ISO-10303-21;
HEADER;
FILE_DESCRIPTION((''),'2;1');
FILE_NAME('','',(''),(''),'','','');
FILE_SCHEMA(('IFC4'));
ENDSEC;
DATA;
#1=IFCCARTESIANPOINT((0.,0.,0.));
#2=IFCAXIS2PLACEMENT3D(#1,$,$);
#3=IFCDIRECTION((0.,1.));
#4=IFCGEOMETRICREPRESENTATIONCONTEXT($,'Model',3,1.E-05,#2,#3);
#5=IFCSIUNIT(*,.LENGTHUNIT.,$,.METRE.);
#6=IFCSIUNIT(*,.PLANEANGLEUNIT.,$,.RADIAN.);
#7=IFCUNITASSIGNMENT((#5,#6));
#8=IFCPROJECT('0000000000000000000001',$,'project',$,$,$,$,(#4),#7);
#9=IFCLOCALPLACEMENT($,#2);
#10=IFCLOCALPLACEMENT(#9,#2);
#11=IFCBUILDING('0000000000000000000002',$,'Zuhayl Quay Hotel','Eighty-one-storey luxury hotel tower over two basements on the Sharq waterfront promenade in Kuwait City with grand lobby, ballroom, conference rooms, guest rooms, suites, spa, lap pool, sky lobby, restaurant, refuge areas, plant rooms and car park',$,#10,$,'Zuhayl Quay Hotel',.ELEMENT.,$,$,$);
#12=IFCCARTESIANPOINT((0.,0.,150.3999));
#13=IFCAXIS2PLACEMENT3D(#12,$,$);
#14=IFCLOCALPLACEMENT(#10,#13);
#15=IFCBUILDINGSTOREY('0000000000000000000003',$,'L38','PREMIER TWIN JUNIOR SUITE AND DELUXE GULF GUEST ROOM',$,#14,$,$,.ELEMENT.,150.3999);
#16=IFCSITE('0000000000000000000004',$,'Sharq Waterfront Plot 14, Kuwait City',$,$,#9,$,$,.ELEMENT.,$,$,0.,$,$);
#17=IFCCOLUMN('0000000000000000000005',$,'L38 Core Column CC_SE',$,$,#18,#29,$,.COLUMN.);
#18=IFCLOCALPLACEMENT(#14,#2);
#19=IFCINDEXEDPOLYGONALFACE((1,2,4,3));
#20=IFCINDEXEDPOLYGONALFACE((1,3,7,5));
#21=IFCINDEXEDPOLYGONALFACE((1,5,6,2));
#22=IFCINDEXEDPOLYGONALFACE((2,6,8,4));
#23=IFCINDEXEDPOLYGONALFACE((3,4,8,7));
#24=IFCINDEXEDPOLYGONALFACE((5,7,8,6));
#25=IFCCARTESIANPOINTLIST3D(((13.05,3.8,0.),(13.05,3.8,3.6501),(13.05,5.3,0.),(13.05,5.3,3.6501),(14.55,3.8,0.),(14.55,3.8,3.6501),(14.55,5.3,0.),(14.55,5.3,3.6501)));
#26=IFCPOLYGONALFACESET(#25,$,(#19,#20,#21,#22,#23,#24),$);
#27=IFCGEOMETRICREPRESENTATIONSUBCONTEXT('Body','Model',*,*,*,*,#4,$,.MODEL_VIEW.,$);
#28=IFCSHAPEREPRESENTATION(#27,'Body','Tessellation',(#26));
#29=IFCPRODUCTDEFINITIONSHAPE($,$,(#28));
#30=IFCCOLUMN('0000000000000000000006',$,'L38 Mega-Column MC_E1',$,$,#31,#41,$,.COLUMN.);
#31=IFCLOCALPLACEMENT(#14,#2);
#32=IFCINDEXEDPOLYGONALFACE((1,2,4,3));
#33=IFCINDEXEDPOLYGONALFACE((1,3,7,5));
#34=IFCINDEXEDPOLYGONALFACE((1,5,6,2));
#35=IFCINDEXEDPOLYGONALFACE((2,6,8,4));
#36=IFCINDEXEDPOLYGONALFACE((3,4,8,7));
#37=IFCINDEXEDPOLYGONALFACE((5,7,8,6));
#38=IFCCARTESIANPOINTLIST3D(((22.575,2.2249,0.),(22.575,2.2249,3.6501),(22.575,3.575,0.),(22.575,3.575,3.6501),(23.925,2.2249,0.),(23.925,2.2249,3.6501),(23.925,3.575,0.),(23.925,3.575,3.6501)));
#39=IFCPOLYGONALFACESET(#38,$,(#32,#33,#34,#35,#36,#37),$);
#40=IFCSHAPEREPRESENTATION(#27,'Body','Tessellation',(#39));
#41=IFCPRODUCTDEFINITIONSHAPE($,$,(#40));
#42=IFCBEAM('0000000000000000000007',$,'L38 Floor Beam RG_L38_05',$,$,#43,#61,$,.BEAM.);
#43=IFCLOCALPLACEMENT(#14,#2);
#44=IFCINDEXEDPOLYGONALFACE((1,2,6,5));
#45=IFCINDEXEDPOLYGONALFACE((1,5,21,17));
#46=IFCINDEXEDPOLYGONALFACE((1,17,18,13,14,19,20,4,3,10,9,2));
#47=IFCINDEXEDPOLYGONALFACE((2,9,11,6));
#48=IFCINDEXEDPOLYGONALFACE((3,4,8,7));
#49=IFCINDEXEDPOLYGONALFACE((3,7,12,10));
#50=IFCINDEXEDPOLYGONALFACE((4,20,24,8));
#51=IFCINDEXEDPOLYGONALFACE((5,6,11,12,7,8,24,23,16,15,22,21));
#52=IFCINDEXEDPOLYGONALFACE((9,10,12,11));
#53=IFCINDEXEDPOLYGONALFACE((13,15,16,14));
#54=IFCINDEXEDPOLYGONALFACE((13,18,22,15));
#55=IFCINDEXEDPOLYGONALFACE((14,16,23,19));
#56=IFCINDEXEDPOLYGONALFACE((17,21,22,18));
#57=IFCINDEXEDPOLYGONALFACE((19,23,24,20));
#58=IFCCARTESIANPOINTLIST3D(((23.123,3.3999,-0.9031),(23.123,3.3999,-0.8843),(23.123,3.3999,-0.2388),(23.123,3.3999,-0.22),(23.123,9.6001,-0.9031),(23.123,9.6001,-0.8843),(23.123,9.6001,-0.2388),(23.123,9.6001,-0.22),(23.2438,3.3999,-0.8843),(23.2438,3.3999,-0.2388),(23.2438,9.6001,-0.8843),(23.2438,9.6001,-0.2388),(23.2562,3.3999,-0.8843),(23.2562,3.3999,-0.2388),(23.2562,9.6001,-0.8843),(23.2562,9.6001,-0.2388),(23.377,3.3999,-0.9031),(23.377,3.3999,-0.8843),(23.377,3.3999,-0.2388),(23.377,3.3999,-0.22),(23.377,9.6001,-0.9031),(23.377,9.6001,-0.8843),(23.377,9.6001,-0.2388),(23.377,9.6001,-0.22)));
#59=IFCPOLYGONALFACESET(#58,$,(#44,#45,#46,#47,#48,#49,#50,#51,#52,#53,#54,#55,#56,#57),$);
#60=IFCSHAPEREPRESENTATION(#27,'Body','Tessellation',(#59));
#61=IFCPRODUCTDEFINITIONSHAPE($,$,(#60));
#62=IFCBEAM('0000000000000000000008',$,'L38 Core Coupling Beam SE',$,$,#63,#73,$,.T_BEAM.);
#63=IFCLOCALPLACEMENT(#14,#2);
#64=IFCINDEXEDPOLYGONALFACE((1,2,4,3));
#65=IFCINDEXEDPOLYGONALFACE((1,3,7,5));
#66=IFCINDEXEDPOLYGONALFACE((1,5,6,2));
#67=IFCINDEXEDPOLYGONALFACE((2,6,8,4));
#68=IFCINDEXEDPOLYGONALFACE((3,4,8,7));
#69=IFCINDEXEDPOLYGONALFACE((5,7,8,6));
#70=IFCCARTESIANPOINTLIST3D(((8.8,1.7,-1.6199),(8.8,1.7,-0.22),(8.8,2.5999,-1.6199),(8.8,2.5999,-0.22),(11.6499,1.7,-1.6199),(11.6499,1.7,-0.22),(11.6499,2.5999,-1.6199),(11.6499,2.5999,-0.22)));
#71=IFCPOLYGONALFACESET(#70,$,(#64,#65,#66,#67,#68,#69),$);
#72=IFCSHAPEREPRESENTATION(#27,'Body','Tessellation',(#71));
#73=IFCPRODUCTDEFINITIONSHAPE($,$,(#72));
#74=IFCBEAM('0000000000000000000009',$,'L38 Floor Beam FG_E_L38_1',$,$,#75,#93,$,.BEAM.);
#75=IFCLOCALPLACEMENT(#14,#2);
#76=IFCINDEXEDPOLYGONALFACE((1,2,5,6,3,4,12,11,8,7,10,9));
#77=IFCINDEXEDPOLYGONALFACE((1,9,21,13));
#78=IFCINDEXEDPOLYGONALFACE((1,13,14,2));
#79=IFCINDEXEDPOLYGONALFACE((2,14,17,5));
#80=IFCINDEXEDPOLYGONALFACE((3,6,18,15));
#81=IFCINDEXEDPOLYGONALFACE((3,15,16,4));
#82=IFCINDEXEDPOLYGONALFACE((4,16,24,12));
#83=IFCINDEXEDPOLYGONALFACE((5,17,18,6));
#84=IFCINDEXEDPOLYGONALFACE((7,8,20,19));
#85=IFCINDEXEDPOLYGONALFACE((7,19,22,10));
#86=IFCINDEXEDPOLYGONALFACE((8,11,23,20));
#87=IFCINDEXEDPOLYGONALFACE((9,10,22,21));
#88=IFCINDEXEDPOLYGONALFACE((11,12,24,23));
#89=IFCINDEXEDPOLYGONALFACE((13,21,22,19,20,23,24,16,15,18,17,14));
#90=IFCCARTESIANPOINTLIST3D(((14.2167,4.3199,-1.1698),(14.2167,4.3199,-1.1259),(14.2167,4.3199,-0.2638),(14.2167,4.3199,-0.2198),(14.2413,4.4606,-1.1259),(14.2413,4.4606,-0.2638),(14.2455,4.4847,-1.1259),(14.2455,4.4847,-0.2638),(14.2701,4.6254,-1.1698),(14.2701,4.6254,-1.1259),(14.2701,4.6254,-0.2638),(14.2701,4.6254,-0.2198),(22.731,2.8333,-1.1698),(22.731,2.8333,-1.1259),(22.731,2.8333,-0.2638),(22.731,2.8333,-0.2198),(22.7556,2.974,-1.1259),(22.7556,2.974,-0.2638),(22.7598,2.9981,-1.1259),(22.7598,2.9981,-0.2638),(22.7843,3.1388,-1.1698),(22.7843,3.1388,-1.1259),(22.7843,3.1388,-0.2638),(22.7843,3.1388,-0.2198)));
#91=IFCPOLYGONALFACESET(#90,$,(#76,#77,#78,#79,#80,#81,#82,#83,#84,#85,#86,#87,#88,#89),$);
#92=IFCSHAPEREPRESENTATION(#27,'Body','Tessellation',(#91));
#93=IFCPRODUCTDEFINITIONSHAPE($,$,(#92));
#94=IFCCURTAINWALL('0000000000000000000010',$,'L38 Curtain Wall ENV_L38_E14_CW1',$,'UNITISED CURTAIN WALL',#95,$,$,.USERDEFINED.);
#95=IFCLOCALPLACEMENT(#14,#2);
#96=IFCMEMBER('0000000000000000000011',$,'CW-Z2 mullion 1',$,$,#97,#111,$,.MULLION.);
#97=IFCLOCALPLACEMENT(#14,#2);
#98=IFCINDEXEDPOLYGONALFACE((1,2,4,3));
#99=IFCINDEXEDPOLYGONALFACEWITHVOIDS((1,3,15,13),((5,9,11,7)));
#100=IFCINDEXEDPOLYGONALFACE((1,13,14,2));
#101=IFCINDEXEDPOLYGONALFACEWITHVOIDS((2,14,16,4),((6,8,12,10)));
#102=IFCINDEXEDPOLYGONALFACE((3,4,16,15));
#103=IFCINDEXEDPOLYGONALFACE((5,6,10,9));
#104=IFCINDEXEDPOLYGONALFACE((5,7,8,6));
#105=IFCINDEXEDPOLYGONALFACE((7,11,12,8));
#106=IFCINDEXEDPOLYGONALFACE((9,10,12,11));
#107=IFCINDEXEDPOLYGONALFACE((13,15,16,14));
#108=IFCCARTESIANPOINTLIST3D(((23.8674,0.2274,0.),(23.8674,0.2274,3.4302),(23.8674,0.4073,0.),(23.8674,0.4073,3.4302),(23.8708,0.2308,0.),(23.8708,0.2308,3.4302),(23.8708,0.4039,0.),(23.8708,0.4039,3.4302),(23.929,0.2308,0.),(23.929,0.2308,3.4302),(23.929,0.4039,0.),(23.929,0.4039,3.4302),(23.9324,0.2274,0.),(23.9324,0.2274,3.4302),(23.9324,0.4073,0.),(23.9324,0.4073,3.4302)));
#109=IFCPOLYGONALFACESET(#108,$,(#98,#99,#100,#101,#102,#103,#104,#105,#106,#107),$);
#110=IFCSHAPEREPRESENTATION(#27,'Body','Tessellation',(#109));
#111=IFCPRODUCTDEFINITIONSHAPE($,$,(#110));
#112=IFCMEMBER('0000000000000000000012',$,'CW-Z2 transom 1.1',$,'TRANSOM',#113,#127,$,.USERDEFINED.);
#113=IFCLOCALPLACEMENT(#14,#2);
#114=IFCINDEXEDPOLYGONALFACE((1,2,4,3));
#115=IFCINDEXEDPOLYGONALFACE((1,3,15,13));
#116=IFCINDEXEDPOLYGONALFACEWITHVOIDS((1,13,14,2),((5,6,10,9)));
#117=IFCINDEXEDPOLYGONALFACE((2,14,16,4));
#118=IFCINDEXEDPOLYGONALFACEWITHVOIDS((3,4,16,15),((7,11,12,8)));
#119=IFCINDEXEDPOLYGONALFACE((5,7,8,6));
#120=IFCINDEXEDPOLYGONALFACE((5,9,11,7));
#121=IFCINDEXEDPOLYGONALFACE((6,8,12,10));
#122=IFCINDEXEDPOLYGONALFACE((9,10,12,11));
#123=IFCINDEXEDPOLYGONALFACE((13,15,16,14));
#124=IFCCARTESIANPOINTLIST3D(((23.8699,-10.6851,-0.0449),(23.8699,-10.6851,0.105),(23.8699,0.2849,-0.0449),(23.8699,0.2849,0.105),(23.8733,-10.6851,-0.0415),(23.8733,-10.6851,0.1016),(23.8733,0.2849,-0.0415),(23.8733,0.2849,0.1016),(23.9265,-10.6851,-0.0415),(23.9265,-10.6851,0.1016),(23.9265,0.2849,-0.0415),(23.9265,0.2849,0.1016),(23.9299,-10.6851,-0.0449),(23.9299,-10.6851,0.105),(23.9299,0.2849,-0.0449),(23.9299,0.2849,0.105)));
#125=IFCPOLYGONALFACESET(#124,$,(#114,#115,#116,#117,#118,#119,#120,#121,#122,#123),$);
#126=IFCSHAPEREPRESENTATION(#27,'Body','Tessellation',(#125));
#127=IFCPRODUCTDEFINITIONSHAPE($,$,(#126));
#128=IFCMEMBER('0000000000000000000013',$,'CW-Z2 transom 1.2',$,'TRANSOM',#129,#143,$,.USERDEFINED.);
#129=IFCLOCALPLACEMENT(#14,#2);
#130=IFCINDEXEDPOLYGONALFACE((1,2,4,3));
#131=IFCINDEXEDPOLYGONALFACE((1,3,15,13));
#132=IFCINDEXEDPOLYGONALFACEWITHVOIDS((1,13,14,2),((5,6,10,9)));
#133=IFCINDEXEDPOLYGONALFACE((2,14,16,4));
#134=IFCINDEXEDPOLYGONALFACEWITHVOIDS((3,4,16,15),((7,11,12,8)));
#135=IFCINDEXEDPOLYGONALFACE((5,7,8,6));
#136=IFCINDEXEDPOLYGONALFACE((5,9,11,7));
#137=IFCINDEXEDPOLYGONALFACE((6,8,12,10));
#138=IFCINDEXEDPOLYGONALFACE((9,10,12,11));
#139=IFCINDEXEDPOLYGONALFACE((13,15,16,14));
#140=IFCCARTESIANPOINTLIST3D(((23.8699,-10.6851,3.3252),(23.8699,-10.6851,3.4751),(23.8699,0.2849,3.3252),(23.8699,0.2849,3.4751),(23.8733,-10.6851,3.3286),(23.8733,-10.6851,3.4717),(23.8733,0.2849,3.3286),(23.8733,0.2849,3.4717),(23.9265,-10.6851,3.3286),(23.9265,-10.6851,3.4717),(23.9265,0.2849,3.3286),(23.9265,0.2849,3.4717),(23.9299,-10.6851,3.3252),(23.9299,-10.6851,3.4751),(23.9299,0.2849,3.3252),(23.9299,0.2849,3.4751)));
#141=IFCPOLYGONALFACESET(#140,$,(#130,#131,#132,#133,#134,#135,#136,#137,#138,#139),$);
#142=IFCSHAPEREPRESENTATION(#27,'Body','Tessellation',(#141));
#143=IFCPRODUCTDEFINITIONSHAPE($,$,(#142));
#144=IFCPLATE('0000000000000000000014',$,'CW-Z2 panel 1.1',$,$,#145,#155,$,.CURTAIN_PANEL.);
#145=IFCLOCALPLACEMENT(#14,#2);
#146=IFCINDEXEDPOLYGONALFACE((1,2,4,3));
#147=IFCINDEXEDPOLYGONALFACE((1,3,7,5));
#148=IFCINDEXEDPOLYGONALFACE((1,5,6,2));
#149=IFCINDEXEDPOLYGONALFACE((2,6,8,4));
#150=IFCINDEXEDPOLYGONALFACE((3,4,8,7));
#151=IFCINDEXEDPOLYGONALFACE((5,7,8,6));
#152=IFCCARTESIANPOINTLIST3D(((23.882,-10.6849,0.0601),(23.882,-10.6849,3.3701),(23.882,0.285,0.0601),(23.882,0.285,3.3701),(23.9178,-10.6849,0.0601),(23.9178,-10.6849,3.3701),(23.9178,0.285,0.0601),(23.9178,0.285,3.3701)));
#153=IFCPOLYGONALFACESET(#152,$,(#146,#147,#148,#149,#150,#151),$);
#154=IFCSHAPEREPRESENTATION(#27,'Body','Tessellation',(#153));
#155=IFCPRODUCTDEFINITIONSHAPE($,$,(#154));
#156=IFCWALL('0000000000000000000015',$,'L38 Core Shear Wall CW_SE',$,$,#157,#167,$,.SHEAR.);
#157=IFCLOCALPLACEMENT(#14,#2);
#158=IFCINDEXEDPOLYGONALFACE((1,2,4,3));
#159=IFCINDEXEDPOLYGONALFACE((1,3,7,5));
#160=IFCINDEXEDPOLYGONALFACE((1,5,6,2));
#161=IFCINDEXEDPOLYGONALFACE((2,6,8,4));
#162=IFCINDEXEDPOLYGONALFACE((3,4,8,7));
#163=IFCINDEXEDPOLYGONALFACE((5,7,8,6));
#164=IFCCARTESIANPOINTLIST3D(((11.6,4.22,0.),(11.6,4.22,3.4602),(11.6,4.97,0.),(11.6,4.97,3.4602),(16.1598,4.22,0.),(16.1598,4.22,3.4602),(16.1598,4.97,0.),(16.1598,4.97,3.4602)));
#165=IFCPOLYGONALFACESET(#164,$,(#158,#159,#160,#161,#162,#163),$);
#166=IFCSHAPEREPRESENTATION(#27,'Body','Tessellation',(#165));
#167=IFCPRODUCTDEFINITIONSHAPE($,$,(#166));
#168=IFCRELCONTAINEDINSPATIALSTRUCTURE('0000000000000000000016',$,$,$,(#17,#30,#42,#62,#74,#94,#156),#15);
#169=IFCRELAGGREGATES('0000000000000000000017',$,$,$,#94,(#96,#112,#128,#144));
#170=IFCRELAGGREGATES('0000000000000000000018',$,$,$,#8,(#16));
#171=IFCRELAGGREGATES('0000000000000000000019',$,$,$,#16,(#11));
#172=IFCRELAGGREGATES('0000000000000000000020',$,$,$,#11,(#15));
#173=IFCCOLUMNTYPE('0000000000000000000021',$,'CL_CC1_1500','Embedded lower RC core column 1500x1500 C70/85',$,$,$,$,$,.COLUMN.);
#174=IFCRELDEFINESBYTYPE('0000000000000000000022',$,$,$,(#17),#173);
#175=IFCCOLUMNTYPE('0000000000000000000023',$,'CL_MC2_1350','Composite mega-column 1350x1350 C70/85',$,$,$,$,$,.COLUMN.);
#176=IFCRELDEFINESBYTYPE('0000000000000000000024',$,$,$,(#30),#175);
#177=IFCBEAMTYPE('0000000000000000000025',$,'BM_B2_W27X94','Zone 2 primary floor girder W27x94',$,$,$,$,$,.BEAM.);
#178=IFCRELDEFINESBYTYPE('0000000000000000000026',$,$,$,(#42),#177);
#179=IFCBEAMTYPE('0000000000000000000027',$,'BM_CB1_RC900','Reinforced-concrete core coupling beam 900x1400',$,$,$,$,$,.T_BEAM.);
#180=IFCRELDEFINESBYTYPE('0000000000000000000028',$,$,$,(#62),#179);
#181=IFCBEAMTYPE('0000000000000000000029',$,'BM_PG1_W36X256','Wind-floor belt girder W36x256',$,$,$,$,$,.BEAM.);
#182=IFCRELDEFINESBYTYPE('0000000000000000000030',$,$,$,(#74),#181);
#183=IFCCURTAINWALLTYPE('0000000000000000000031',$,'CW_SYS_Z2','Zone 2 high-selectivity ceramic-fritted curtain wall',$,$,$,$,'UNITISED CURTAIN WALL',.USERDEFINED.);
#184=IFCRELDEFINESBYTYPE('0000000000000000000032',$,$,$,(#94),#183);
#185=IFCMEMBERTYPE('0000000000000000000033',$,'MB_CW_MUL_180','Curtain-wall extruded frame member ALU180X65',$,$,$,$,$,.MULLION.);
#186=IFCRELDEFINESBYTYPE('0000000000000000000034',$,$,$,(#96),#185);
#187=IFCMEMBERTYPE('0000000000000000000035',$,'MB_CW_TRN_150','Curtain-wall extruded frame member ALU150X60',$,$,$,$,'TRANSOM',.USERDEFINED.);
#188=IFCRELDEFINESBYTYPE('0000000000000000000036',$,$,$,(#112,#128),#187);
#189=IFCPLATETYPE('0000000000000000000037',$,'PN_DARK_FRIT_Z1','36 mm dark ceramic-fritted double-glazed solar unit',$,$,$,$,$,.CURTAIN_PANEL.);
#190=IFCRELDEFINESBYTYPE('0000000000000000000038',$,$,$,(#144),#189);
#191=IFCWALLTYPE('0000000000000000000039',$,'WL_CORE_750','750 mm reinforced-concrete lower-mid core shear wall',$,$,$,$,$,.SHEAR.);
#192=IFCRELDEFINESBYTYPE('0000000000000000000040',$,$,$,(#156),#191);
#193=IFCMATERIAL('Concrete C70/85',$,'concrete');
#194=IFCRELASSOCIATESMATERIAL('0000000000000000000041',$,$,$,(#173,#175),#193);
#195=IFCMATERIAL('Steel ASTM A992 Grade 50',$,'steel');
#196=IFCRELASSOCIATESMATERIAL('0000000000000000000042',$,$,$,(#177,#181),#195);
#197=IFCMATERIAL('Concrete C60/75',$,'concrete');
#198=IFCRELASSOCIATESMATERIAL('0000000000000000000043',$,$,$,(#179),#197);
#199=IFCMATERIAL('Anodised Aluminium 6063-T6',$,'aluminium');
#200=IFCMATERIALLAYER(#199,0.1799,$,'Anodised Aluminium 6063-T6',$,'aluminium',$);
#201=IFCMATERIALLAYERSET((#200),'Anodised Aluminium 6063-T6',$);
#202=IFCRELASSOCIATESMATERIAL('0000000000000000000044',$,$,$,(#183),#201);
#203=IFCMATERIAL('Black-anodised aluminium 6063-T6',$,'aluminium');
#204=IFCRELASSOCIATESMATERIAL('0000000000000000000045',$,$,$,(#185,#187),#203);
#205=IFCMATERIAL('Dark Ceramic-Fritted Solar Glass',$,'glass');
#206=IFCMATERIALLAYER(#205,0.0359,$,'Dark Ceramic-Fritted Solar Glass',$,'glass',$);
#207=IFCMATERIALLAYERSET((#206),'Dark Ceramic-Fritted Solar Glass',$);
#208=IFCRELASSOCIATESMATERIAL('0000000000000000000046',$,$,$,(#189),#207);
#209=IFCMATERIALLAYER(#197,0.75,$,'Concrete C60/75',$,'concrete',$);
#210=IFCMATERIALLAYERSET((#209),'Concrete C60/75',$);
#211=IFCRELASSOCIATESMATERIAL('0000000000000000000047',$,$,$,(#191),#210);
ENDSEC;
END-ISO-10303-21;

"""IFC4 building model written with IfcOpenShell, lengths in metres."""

from ifc_helpers import new_model, si_unit, direction, frame, frame_2d, origin, origin_2d, place, context, subcontext, project, spatial, rectangle, hollow_rectangle, i_section, extrude, material, layer, layer_set, material_profile, profile_set, type_object, element, aggregate, save


model = new_model("IFC4")

# Units and contexts
model_context = context("Model", 3, precision=1e-05, world=origin(), true_north=direction((0.0, 1.0)))
body_context = subcontext(model_context, "Body", "Model", "MODEL_VIEW")
ifc_project = project(units=[si_unit("LENGTHUNIT", "METRE"), si_unit("PLANEANGLEUNIT", "RADIAN")], contexts=[model_context])

# Site, building, storey
site_placement = place(None, origin())
site = spatial("IfcSite", under=ifc_project, at=site_placement, Name="Sharq Waterfront Plot 14, Kuwait City", CompositionType="ELEMENT", RefElevation=0.0)
building_placement = place(site_placement, origin())
building = spatial("IfcBuilding", under=site, at=building_placement, Name="Zuhayl Quay Hotel", Description="Eighty-one-storey luxury hotel tower over two basements on the Sharq waterfront promenade in Kuwait City with grand lobby, ballroom, conference rooms, guest rooms, suites, spa, lap pool, sky lobby, restaurant, refuge areas, plant rooms and car park", LongName="Zuhayl Quay Hotel", CompositionType="ELEMENT")
storey_placement = place(building_placement, frame((0.0, 0.0, 150.3999)))
storey = spatial("IfcBuildingStorey", under=building, at=storey_placement, Name="L38", Description="PREMIER TWIN JUNIOR SUITE AND DELUXE GULF GUEST ROOM", CompositionType="ELEMENT", Elevation=150.3999)

# Columns
ifc_material_1 = material(Name="Concrete C70/85", Category="concrete")
ifc_material_profile_1 = material_profile(ifc_material_1, rectangle(XDim=1.5, YDim=1.5, at=origin_2d()), Name="RC1500X1500")
ifc_profile_set_1 = profile_set([ifc_material_profile_1], Name="Concrete C70/85")
column_type_1 = type_object("IfcColumnType", Name="CL_CC1_1500", Description="Embedded lower RC core column 1500x1500 C70/85", PredefinedType="COLUMN", material=ifc_profile_set_1)
column_1_placement = place(storey_placement, frame((13.8, 4.55, 0.0), z_axis=(0.0, 0.0, 1.0), x_axis=(1.0, 0.0, 0.0)))
element("IfcColumn", 1, at=column_1_placement, inside=storey, type_object=column_type_1, Name="L38 Core Column CC_SE", PredefinedType="COLUMN", context=body_context, shape_type="SweptSolid", body=[
    extrude(rectangle(XDim=1.5, YDim=1.5, at=origin_2d()), origin(), (0.0, 0.0, 1.0), 3.6501),
])
ifc_material_profile_2 = material_profile(ifc_material_1, rectangle(XDim=1.3501, YDim=1.3501, at=origin_2d()), Name="RC1350X1350")
ifc_profile_set_2 = profile_set([ifc_material_profile_2], Name="Concrete C70/85")
column_type_2 = type_object("IfcColumnType", Name="CL_MC2_1350", Description="Composite mega-column 1350x1350 C70/85", PredefinedType="COLUMN", material=ifc_profile_set_2)
column_2_placement = place(storey_placement, frame((23.25, 2.8999, 0.0), z_axis=(0.0, 0.0, 1.0), x_axis=(1.0, 0.0, 0.0)))
element("IfcColumn", 2, at=column_2_placement, inside=storey, type_object=column_type_2, Name="L38 Mega-Column MC_E1", PredefinedType="COLUMN", context=body_context, shape_type="SweptSolid", body=[
    extrude(rectangle(XDim=1.3501, YDim=1.3501, at=origin_2d()), origin(), (0.0, 0.0, 1.0), 3.6501),
])

# Beams
ifc_material_2 = material(Name="Steel ASTM A992 Grade 50", Category="steel")
ifc_material_profile_3 = material_profile(ifc_material_2, i_section(OverallWidth=0.2539, OverallDepth=0.6831, WebThickness=0.0125, FlangeThickness=0.0188, at=origin_2d()), Name="W27X94")
ifc_profile_set_3 = profile_set([ifc_material_profile_3], Name="Steel ASTM A992 Grade 50")
beam_type_1 = type_object("IfcBeamType", Name="BM_B2_W27X94", Description="Zone 2 primary floor girder W27x94", PredefinedType="BEAM", material=ifc_profile_set_3)
beam_1_placement = place(storey_placement, frame((23.25, 3.3999, -0.5615), z_axis=(0.0, 1.0, 0.0), x_axis=(-1.0, 0.0, 0.0)))
element("IfcBeam", 3, at=beam_1_placement, inside=storey, type_object=beam_type_1, Name="L38 Floor Beam RG_L38_05", PredefinedType="BEAM", context=body_context, shape_type="SweptSolid", body=[
    extrude(i_section(OverallWidth=0.2539, OverallDepth=0.6831, WebThickness=0.0125, FlangeThickness=0.0188, at=origin_2d()), origin(), (0.0, 0.0, 1.0), 6.2002),
])
ifc_material_3 = material(Name="Concrete C60/75", Category="concrete")
ifc_material_profile_4 = material_profile(ifc_material_3, rectangle(XDim=0.8999, YDim=1.3999, at=origin_2d()), Name="RC900X1400")
ifc_profile_set_4 = profile_set([ifc_material_profile_4], Name="Concrete C60/75")
beam_type_2 = type_object("IfcBeamType", Name="BM_CB1_RC900", Description="Reinforced-concrete core coupling beam 900x1400", PredefinedType="T_BEAM", material=ifc_profile_set_4)
beam_2_placement = place(storey_placement, frame((8.8, 2.1499, -0.9199), z_axis=(1.0, 0.0, 0.0), x_axis=(0.0, 1.0, 0.0)))
element("IfcBeam", 4, at=beam_2_placement, inside=storey, type_object=beam_type_2, Name="L38 Core Coupling Beam SE", PredefinedType="T_BEAM", context=body_context, shape_type="SweptSolid", body=[
    extrude(rectangle(XDim=0.8999, YDim=1.3999, at=origin_2d()), origin(), (0.0, 0.0, 1.0), 2.8499),
])
ifc_material_profile_5 = material_profile(ifc_material_2, i_section(OverallWidth=0.3101, OverallDepth=0.95, WebThickness=0.0244, FlangeThickness=0.0439, at=origin_2d()), Name="W36X256")
ifc_profile_set_5 = profile_set([ifc_material_profile_5], Name="Steel ASTM A992 Grade 50")
beam_type_3 = type_object("IfcBeamType", Name="BM_PG1_W36X256", Description="Wind-floor belt girder W36x256", PredefinedType="BEAM", material=ifc_profile_set_5)
beam_3_placement = place(storey_placement, frame((14.2434, 4.4727, -0.6948), z_axis=(0.985097, -0.171998, 0.0), x_axis=(0.171998, 0.985097, 0.0)))
element("IfcBeam", 5, at=beam_3_placement, inside=storey, type_object=beam_type_3, Name="L38 Floor Beam FG_E_L38_1", PredefinedType="BEAM", context=body_context, shape_type="SweptSolid", body=[
    extrude(i_section(OverallWidth=0.3101, OverallDepth=0.95, WebThickness=0.0244, FlangeThickness=0.0439, at=origin_2d()), origin(), (0.0, 0.0, 1.0), 8.6431),
])

# Curtain wall, members, plate
ifc_material_4 = material(Name="Anodised Aluminium 6063-T6", Category="aluminium")
ifc_layer_1 = layer(ifc_material_4, 0.1799, Name="Anodised Aluminium 6063-T6", Category="aluminium")
ifc_layer_set_1 = layer_set([ifc_layer_1], Name="Anodised Aluminium 6063-T6")
curtain_wall_type = type_object("IfcCurtainWallType", Name="CW_SYS_Z2", Description="Zone 2 high-selectivity ceramic-fritted curtain wall", ElementType="UNITISED CURTAIN WALL", PredefinedType="USERDEFINED", material=ifc_layer_set_1)
curtain_wall_placement = place(storey_placement, origin())
curtain_wall = element("IfcCurtainWall", 6, at=curtain_wall_placement, inside=storey, type_object=curtain_wall_type, Name="L38 Curtain Wall ENV_L38_E14_CW1", ObjectType="UNITISED CURTAIN WALL", PredefinedType="USERDEFINED")
ifc_material_5 = material(Name="Black-anodised aluminium 6063-T6", Category="aluminium")
ifc_material_profile_6 = material_profile(ifc_material_5, hollow_rectangle(XDim=0.0649, YDim=0.1799, WallThickness=0.0034, at=origin_2d()), Name="ALU180X65")
ifc_profile_set_6 = profile_set([ifc_material_profile_6], Name="Black-anodised aluminium 6063-T6")
member_type_1 = type_object("IfcMemberType", Name="MB_CW_MUL_180", Description="Curtain-wall extruded frame member ALU180X65", PredefinedType="MULLION", material=ifc_profile_set_6)
member_1_placement = place(storey_placement, frame((23.8999, 0.3174, 0.0), z_axis=(0.0, 0.0, 1.0), x_axis=(1.0, 0.0, 0.0)))
member_1 = element("IfcMember", 7, at=member_1_placement, type_object=member_type_1, Name="CW-Z2 mullion 1", PredefinedType="MULLION", context=body_context, shape_type="SweptSolid", body=[
    extrude(hollow_rectangle(XDim=0.0649, YDim=0.1799, WallThickness=0.0034, at=origin_2d()), origin(), (0.0, 0.0, 1.0), 3.4302),
])
ifc_material_profile_7 = material_profile(ifc_material_5, hollow_rectangle(XDim=0.0601, YDim=0.1499, WallThickness=0.0034, at=origin_2d()), Name="ALU150X60")
ifc_profile_set_7 = profile_set([ifc_material_profile_7], Name="Black-anodised aluminium 6063-T6")
member_type_2 = type_object("IfcMemberType", Name="MB_CW_TRN_150", Description="Curtain-wall extruded frame member ALU150X60", ElementType="TRANSOM", PredefinedType="USERDEFINED", material=ifc_profile_set_7)
member_2_placement = place(storey_placement, frame((23.8999, 0.2849, 0.03), z_axis=(0.0, -1.0, 0.0), x_axis=(1.0, 0.0, 0.0)))
member_2 = element("IfcMember", 8, at=member_2_placement, type_object=member_type_2, Name="CW-Z2 transom 1.1", ObjectType="TRANSOM", PredefinedType="USERDEFINED", context=body_context, shape_type="SweptSolid", body=[
    extrude(hollow_rectangle(XDim=0.0601, YDim=0.1499, WallThickness=0.0034, at=origin_2d()), origin(), (0.0, 0.0, 1.0), 10.97),
])
member_3_placement = place(storey_placement, frame((23.8999, 0.2849, 3.4001), z_axis=(0.0, -1.0, 0.0), x_axis=(1.0, 0.0, 0.0)))
member_3 = element("IfcMember", 9, at=member_3_placement, type_object=member_type_2, Name="CW-Z2 transom 1.2", ObjectType="TRANSOM", PredefinedType="USERDEFINED", context=body_context, shape_type="SweptSolid", body=[
    extrude(hollow_rectangle(XDim=0.0601, YDim=0.1499, WallThickness=0.0034, at=origin_2d()), origin(), (0.0, 0.0, 1.0), 10.97),
])
ifc_material_6 = material(Name="Dark Ceramic-Fritted Solar Glass", Category="glass")
ifc_layer_2 = layer(ifc_material_6, 0.0359, Name="Dark Ceramic-Fritted Solar Glass", Category="glass")
ifc_layer_set_2 = layer_set([ifc_layer_2], Name="Dark Ceramic-Fritted Solar Glass")
plate_type = type_object("IfcPlateType", Name="PN_DARK_FRIT_Z1", Description="36 mm dark ceramic-fritted double-glazed solar unit", PredefinedType="CURTAIN_PANEL", material=ifc_layer_set_2)
plate_placement = place(storey_placement, frame((23.8999, -5.2, 0.0601), z_axis=(0.0, 0.0, 1.0), x_axis=(0.0, -1.0, 0.0)))
plate = element("IfcPlate", 10, at=plate_placement, type_object=plate_type, Name="CW-Z2 panel 1.1", PredefinedType="CURTAIN_PANEL", context=body_context, shape_type="SweptSolid", body=[
    extrude(rectangle(XDim=10.97, YDim=0.0359, at=origin_2d()), origin(), (0.0, 0.0, 1.0), 3.3101),
])
aggregate(curtain_wall, [member_1, member_2, member_3, plate])

# Wall
ifc_layer_3 = layer(ifc_material_3, 0.75, Name="Concrete C60/75", Category="concrete")
ifc_layer_set_3 = layer_set([ifc_layer_3], Name="Concrete C60/75")
wall_type_1 = type_object("IfcWallType", Name="WL_CORE_750", Description="750 mm reinforced-concrete lower-mid core shear wall", PredefinedType="SHEAR", material=ifc_layer_set_3)
wall_1_placement = place(storey_placement, frame((11.6001, 4.595, 0.0), z_axis=(0.0, 0.0, 1.0), x_axis=(1.0, 0.0, 0.0)))
element("IfcWall", 11, at=wall_1_placement, inside=storey, type_object=wall_type_1, Name="L38 Core Shear Wall CW_SE", PredefinedType="SHEAR", context=body_context, shape_type="SweptSolid", body=[
    extrude(rectangle(XDim=4.5598, YDim=0.75, at=frame_2d((2.2798, 0.0))), origin(), (0.0, 0.0, 1.0), 3.4602),
])

save(model, "model.ifc")
